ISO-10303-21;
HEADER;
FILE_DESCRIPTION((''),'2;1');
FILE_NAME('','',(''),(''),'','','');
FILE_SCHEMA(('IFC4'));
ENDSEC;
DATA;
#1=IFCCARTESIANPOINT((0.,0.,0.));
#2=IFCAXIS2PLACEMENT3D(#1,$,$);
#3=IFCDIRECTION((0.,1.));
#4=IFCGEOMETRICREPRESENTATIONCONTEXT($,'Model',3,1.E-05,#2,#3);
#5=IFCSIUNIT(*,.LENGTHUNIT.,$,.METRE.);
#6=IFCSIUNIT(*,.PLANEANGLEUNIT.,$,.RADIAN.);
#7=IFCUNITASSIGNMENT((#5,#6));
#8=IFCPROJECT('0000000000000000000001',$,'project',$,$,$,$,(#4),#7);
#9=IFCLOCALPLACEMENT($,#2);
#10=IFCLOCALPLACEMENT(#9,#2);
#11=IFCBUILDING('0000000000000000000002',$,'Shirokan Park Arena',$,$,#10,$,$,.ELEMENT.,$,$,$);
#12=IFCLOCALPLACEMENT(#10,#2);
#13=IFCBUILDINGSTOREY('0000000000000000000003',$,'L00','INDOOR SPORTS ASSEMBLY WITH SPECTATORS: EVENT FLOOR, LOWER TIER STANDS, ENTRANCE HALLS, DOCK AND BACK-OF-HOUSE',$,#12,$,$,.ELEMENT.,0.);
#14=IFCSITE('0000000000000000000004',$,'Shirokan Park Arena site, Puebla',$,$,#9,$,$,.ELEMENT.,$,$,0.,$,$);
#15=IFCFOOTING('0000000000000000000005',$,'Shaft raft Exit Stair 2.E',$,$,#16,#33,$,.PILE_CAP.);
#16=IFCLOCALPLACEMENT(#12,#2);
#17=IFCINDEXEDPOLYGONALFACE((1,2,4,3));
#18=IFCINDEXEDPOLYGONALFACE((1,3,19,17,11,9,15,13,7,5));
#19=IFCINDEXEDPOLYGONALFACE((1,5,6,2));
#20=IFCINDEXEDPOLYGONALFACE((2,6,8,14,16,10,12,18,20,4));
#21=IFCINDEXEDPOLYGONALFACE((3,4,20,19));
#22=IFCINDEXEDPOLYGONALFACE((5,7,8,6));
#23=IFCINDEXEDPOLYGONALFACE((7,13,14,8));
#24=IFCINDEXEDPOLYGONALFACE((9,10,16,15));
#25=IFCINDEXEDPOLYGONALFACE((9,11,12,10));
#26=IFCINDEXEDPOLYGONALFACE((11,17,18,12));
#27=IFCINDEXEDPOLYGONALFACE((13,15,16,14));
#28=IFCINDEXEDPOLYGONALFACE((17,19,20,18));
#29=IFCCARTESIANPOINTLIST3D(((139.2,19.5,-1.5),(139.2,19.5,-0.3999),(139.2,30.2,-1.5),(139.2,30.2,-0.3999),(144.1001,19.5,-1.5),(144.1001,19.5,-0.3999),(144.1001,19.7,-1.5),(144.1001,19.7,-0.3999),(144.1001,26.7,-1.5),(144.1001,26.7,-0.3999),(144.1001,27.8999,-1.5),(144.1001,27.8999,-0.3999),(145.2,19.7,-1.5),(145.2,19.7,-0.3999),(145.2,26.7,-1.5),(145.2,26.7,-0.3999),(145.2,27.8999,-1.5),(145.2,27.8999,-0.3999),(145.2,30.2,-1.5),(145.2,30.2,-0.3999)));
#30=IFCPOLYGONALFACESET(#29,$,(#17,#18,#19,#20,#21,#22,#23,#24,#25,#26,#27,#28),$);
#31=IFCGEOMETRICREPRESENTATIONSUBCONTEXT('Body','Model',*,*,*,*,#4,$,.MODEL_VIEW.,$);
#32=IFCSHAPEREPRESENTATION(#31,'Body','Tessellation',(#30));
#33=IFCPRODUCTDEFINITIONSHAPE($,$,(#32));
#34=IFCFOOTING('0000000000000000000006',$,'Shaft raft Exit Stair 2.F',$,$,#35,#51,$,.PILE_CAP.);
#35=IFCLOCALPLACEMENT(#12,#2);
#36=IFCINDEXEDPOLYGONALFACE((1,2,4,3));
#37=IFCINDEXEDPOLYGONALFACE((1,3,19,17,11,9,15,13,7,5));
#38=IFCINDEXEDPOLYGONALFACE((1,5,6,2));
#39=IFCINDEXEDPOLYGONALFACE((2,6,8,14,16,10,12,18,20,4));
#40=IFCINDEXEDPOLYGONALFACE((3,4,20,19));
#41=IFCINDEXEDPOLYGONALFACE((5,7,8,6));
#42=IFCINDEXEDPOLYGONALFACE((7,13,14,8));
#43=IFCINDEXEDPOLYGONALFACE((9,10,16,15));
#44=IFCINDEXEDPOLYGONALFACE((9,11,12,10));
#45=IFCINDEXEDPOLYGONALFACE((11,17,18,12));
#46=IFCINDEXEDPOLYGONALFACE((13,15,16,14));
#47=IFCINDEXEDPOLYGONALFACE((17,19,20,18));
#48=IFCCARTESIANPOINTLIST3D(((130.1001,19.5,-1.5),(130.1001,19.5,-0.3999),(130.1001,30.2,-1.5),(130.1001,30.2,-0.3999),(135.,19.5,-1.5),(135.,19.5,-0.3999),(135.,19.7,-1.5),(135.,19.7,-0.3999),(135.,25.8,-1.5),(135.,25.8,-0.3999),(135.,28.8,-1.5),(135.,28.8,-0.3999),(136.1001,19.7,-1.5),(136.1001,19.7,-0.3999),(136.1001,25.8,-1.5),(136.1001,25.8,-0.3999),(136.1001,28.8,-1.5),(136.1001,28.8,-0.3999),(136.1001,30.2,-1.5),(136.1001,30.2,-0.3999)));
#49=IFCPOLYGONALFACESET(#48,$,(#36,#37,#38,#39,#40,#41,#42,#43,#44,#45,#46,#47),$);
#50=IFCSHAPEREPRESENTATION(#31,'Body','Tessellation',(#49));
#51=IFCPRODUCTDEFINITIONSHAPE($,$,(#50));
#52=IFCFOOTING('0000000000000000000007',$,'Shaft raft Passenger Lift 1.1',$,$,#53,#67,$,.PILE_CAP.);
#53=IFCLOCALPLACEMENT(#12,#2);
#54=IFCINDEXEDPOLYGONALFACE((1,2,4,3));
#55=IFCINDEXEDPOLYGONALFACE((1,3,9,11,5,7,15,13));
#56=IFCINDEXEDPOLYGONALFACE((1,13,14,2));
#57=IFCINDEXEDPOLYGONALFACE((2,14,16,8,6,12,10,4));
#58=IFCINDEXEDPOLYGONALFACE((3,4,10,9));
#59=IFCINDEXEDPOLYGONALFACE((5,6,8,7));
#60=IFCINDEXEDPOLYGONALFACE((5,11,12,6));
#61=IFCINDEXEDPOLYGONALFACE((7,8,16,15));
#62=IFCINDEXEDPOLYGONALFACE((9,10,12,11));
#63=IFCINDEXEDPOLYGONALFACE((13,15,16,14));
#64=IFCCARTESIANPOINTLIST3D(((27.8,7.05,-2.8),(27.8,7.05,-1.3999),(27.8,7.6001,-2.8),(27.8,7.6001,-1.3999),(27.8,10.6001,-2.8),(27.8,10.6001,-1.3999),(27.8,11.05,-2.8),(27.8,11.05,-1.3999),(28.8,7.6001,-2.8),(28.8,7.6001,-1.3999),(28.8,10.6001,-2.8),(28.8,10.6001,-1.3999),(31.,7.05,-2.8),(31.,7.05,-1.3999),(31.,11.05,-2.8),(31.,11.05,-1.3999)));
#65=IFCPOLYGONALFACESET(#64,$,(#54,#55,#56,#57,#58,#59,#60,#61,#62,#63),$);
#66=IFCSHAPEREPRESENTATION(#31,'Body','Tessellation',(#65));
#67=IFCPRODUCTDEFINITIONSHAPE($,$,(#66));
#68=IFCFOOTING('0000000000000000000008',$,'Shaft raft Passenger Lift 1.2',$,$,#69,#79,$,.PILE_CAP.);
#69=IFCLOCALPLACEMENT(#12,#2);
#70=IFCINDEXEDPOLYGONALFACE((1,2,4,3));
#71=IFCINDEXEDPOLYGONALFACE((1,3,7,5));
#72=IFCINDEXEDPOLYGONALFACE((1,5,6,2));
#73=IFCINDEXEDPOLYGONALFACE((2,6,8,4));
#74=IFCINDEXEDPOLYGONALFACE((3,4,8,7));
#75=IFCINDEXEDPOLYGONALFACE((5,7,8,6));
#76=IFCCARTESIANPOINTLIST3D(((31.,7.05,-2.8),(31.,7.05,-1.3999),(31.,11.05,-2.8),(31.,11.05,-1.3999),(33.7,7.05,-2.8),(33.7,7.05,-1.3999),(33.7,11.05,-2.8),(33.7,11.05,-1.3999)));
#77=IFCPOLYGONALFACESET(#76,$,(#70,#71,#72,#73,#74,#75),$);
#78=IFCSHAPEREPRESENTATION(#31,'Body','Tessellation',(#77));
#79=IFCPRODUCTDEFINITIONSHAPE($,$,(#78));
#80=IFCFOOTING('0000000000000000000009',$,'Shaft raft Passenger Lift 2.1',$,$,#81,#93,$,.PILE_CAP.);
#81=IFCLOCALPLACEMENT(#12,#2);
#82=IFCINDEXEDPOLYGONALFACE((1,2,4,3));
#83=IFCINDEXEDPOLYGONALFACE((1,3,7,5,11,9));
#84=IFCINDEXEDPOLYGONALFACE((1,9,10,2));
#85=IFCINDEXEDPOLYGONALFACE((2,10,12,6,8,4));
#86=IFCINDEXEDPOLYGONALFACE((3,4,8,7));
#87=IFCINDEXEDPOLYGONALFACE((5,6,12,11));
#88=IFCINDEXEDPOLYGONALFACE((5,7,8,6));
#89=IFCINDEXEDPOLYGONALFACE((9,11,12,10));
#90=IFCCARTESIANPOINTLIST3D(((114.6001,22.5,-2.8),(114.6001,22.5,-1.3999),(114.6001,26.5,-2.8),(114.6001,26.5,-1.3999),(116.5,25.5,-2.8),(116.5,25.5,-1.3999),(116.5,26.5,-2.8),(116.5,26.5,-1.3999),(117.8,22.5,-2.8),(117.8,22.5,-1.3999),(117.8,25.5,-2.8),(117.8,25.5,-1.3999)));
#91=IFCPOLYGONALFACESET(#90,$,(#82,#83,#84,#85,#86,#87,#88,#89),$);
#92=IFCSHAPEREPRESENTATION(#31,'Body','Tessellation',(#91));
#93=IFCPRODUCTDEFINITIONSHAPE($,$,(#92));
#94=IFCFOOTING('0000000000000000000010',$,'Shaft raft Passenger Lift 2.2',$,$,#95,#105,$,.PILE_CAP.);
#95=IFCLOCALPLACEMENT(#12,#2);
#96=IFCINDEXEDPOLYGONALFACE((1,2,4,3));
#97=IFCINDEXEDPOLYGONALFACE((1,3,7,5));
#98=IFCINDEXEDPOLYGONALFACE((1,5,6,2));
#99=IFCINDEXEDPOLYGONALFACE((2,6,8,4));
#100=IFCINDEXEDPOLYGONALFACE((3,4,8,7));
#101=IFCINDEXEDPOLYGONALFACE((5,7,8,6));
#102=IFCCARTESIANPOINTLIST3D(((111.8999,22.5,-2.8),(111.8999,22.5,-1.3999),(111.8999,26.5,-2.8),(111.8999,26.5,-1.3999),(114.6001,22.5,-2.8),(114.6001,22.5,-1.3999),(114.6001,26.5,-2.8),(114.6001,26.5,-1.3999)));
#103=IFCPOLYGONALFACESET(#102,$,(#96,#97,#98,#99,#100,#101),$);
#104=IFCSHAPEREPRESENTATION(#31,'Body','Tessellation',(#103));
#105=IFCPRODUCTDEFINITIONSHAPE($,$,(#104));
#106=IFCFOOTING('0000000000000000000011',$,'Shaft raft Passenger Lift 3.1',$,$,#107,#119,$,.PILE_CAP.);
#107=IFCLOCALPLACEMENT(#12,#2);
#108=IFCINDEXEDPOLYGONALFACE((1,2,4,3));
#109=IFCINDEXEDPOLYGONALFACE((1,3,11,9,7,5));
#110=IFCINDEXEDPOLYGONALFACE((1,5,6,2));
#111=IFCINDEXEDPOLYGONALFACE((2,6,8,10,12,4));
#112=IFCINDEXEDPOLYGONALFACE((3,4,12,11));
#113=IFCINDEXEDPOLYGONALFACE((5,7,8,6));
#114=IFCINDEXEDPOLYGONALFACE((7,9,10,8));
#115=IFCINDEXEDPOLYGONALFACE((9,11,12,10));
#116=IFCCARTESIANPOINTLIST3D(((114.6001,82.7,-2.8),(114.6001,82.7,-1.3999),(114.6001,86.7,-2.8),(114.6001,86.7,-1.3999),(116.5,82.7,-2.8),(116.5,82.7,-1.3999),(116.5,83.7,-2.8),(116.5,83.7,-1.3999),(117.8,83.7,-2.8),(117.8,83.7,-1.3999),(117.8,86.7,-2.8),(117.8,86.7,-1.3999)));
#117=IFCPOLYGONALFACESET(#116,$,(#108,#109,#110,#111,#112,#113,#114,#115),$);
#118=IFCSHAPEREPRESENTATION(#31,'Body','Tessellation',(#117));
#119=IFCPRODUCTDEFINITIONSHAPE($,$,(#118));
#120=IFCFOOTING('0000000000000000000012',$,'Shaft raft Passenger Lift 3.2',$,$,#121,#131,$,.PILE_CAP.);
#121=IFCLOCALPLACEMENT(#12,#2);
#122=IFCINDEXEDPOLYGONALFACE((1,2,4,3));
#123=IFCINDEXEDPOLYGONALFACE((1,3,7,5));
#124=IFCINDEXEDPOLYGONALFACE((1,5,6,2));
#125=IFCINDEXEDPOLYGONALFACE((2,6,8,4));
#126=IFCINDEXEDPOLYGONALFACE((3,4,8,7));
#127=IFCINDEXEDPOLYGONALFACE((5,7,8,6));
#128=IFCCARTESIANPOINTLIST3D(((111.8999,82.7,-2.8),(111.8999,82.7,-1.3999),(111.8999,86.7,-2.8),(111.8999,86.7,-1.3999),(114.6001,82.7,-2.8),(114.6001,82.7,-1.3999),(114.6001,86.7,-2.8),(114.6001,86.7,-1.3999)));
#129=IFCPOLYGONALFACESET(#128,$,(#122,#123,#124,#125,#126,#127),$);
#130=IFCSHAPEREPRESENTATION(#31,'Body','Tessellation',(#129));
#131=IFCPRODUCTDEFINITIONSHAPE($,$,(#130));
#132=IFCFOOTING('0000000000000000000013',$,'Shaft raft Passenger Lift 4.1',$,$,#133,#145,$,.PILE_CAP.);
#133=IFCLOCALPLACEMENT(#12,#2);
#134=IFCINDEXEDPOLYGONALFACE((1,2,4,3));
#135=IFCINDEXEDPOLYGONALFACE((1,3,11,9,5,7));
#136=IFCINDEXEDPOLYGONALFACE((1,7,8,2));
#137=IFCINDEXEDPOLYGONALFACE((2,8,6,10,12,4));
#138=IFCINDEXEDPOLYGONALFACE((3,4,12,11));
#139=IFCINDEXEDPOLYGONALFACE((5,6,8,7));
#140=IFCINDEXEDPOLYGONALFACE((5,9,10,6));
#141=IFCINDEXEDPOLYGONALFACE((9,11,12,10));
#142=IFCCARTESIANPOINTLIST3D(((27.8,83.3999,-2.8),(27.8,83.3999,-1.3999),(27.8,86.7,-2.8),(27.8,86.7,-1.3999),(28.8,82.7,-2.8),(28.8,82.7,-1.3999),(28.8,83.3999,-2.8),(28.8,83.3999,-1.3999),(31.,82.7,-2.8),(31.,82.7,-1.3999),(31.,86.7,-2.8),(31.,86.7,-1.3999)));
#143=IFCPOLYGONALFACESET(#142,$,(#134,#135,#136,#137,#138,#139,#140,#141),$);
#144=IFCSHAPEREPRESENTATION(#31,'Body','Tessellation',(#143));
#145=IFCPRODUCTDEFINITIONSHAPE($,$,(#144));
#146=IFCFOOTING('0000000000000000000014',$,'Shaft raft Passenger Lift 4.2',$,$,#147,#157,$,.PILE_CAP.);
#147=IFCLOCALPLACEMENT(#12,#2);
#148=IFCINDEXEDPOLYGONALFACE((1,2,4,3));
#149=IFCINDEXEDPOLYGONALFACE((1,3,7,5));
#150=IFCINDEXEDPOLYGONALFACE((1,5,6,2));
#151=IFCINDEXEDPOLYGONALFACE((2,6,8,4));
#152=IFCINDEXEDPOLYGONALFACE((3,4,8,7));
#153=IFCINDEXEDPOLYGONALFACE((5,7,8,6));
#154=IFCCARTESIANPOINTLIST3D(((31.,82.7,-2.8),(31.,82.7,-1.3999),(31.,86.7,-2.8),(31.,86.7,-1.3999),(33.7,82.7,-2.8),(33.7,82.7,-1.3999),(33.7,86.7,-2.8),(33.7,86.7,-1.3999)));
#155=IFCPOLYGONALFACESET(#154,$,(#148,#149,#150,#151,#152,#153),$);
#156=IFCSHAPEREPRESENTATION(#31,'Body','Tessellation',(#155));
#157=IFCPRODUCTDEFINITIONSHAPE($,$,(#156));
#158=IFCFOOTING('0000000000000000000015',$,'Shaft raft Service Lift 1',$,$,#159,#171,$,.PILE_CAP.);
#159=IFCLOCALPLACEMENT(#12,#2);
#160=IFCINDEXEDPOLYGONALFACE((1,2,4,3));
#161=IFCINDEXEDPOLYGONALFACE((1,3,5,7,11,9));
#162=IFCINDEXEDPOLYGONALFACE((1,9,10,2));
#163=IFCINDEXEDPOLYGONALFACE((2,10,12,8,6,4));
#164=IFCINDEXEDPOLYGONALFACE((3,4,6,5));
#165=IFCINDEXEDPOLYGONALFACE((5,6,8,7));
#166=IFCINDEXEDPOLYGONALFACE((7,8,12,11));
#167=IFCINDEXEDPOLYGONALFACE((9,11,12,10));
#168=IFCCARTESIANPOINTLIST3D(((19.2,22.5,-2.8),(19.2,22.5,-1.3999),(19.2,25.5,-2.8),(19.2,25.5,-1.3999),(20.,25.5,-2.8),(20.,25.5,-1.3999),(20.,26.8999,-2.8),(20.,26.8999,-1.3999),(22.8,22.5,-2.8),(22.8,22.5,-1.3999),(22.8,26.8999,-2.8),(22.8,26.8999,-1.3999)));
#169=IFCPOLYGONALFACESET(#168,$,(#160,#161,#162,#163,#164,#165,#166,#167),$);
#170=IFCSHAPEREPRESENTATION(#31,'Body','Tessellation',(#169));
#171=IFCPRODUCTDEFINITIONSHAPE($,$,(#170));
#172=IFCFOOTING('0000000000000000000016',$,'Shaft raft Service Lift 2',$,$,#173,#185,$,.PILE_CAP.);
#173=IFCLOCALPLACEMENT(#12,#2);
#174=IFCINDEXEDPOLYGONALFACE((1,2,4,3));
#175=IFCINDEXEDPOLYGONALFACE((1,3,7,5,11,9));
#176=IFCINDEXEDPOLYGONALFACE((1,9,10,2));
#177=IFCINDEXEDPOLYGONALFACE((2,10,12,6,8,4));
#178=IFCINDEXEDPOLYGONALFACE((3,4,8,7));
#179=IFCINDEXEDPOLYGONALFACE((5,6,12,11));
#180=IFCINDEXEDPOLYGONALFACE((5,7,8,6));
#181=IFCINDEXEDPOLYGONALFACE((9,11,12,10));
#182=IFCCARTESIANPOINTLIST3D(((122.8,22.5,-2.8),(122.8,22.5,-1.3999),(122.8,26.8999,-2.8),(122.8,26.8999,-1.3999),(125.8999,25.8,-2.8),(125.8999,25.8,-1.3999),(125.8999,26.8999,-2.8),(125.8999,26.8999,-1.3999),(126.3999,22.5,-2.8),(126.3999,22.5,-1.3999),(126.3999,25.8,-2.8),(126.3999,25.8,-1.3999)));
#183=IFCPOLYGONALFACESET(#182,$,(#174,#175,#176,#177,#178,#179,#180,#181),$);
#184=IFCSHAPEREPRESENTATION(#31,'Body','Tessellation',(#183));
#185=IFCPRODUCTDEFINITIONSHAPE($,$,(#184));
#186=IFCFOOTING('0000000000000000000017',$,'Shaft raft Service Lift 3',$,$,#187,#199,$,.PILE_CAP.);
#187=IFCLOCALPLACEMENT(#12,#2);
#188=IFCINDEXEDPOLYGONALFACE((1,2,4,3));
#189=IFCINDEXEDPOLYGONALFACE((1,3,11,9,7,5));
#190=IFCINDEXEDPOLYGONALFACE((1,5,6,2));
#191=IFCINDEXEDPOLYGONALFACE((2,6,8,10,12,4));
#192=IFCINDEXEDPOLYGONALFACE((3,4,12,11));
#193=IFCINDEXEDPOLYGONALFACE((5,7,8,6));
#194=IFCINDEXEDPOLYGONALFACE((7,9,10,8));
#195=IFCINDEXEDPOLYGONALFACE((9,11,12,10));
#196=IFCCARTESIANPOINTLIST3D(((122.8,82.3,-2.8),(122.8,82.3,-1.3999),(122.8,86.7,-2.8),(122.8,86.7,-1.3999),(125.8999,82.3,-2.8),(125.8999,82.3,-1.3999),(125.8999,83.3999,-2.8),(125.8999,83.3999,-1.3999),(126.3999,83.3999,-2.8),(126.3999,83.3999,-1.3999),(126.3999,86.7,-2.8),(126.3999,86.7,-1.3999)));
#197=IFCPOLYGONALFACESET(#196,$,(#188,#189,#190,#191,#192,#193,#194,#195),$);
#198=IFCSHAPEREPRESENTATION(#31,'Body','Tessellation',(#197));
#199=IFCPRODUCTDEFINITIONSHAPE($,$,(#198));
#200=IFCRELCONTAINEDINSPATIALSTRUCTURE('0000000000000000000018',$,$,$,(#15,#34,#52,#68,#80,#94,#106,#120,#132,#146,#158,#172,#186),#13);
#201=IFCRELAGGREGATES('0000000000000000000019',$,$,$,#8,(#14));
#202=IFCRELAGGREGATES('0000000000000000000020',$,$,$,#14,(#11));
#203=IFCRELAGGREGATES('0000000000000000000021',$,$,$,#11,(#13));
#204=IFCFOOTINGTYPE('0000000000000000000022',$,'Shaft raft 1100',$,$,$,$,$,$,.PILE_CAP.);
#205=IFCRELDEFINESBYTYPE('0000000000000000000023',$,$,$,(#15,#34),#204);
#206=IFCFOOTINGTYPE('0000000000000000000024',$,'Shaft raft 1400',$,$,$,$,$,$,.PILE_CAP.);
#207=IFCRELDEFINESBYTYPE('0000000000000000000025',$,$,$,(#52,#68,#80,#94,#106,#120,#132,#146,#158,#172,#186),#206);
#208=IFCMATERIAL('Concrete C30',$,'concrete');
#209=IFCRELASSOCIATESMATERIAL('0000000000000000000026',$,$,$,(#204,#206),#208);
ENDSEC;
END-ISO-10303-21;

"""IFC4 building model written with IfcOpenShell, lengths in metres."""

from ifc_helpers import new_model, si_unit, direction, frame, origin, place, context, subcontext, project, spatial, polyline, outline, extrude, material, type_object, element, save


model = new_model("IFC4")

# Units and contexts
model_context = context("Model", 3, precision=1e-05, world=origin(), true_north=direction((0.0, 1.0)))
body_context = subcontext(model_context, "Body", "Model", "MODEL_VIEW")
ifc_project = project(units=[si_unit("LENGTHUNIT", "METRE"), si_unit("PLANEANGLEUNIT", "RADIAN")], contexts=[model_context])

# Site, building, storey
site_placement = place(None, origin())
site = spatial("IfcSite", under=ifc_project, at=site_placement, Name="Shirokan Park Arena site, Puebla", CompositionType="ELEMENT", RefElevation=0.0)
building_placement = place(site_placement, origin())
building = spatial("IfcBuilding", under=site, at=building_placement, Name="Shirokan Park Arena", CompositionType="ELEMENT")
storey_placement = place(building_placement, origin())
storey = spatial("IfcBuildingStorey", under=building, at=storey_placement, Name="L00", Description="INDOOR SPORTS ASSEMBLY WITH SPECTATORS: EVENT FLOOR, LOWER TIER STANDS, ENTRANCE HALLS, DOCK AND BACK-OF-HOUSE", CompositionType="ELEMENT", Elevation=0.0)

# Shared definitions
ifc_material = material(Name="Concrete C30", Category="concrete")

# Footings
footing_type_1 = type_object("IfcFootingType", Name="Shaft raft 1100", PredefinedType="PILE_CAP", material=ifc_material)
footing_1_placement = place(storey_placement, frame((0.0, 0.0, -1.5)))
element("IfcFooting", 1, at=footing_1_placement, inside=storey, type_object=footing_type_1, Name="Shaft raft Exit Stair 2.E", PredefinedType="PILE_CAP", context=body_context, shape_type="SweptSolid", body=[
    extrude(outline(polyline([(145.2, 19.7), (144.1001, 19.7), (144.1001, 19.5), (139.2, 19.5), (139.2, 30.2), (145.2, 30.2), (145.2, 27.8999), (144.1001, 27.8999), (144.1001, 26.7), (145.2, 26.7), (145.2, 19.7)])), origin(), (0.0, 0.0, 1.0), 1.1001),
])
footing_2_placement = place(storey_placement, frame((0.0, 0.0, -1.5)))
element("IfcFooting", 2, at=footing_2_placement, inside=storey, type_object=footing_type_1, Name="Shaft raft Exit Stair 2.F", PredefinedType="PILE_CAP", context=body_context, shape_type="SweptSolid", body=[
    extrude(outline(polyline([(130.1001, 19.5), (130.1001, 30.2), (136.1001, 30.2), (136.1001, 28.8), (135.0, 28.8), (135.0, 25.8), (136.1001, 25.8), (136.1001, 19.7), (135.0, 19.7), (135.0, 19.5), (130.1001, 19.5)])), origin(), (0.0, 0.0, 1.0), 1.1001),
])
footing_type_2 = type_object("IfcFootingType", Name="Shaft raft 1400", PredefinedType="PILE_CAP", material=ifc_material)
footing_3_placement = place(storey_placement, frame((0.0, 0.0, -2.8)))
element("IfcFooting", 3, at=footing_3_placement, inside=storey, type_object=footing_type_2, Name="Shaft raft Passenger Lift 1.1", PredefinedType="PILE_CAP", context=body_context, shape_type="SweptSolid", body=[
    extrude(outline(polyline([(27.8, 10.6001), (27.8, 11.05), (31.0, 11.05), (31.0, 7.05), (27.8, 7.05), (27.8, 7.6001), (28.8, 7.6001), (28.8, 10.6001), (27.8, 10.6001)])), origin(), (0.0, 0.0, 1.0), 1.4001),
])
footing_4_placement = place(storey_placement, frame((0.0, 0.0, -2.8)))
element("IfcFooting", 4, at=footing_4_placement, inside=storey, type_object=footing_type_2, Name="Shaft raft Passenger Lift 1.2", PredefinedType="PILE_CAP", context=body_context, shape_type="SweptSolid", body=[
    extrude(outline(polyline([(33.7, 11.05), (33.7, 7.05), (31.0, 7.05), (31.0, 11.05), (33.7, 11.05)])), origin(), (0.0, 0.0, 1.0), 1.4001),
])
footing_5_placement = place(storey_placement, frame((0.0, 0.0, -2.8)))
element("IfcFooting", 5, at=footing_5_placement, inside=storey, type_object=footing_type_2, Name="Shaft raft Passenger Lift 2.1", PredefinedType="PILE_CAP", context=body_context, shape_type="SweptSolid", body=[
    extrude(outline(polyline([(117.8, 25.5), (117.8, 22.5), (114.6001, 22.5), (114.6001, 26.5), (116.5, 26.5), (116.5, 25.5), (117.8, 25.5)])), origin(), (0.0, 0.0, 1.0), 1.4001),
])
footing_6_placement = place(storey_placement, frame((0.0, 0.0, -2.8)))
element("IfcFooting", 6, at=footing_6_placement, inside=storey, type_object=footing_type_2, Name="Shaft raft Passenger Lift 2.2", PredefinedType="PILE_CAP", context=body_context, shape_type="SweptSolid", body=[
    extrude(outline(polyline([(111.8999, 22.5), (111.8999, 26.5), (114.6001, 26.5), (114.6001, 22.5), (111.8999, 22.5)])), origin(), (0.0, 0.0, 1.0), 1.4001),
])
footing_7_placement = place(storey_placement, frame((0.0, 0.0, -2.8)))
element("IfcFooting", 7, at=footing_7_placement, inside=storey, type_object=footing_type_2, Name="Shaft raft Passenger Lift 3.1", PredefinedType="PILE_CAP", context=body_context, shape_type="SweptSolid", body=[
    extrude(outline(polyline([(117.8, 86.7), (117.8, 83.7), (116.5, 83.7), (116.5, 82.7), (114.6001, 82.7), (114.6001, 86.7), (117.8, 86.7)])), origin(), (0.0, 0.0, 1.0), 1.4001),
])
footing_8_placement = place(storey_placement, frame((0.0, 0.0, -2.8)))
element("IfcFooting", 8, at=footing_8_placement, inside=storey, type_object=footing_type_2, Name="Shaft raft Passenger Lift 3.2", PredefinedType="PILE_CAP", context=body_context, shape_type="SweptSolid", body=[
    extrude(outline(polyline([(111.8999, 86.7), (114.6001, 86.7), (114.6001, 82.7), (111.8999, 82.7), (111.8999, 86.7)])), origin(), (0.0, 0.0, 1.0), 1.4001),
])
footing_9_placement = place(storey_placement, frame((0.0, 0.0, -2.8)))
element("IfcFooting", 9, at=footing_9_placement, inside=storey, type_object=footing_type_2, Name="Shaft raft Passenger Lift 4.1", PredefinedType="PILE_CAP", context=body_context, shape_type="SweptSolid", body=[
    extrude(outline(polyline([(27.8, 83.3999), (27.8, 86.7), (31.0, 86.7), (31.0, 82.7), (28.8, 82.7), (28.8, 83.3999), (27.8, 83.3999)])), origin(), (0.0, 0.0, 1.0), 1.4001),
])
footing_10_placement = place(storey_placement, frame((0.0, 0.0, -2.8)))
element("IfcFooting", 10, at=footing_10_placement, inside=storey, type_object=footing_type_2, Name="Shaft raft Passenger Lift 4.2", PredefinedType="PILE_CAP", context=body_context, shape_type="SweptSolid", body=[
    extrude(outline(polyline([(33.7, 82.7), (31.0, 82.7), (31.0, 86.7), (33.7, 86.7), (33.7, 82.7)])), origin(), (0.0, 0.0, 1.0), 1.4001),
])
footing_11_placement = place(storey_placement, frame((0.0, 0.0, -2.8)))
element("IfcFooting", 11, at=footing_11_placement, inside=storey, type_object=footing_type_2, Name="Shaft raft Service Lift 1", PredefinedType="PILE_CAP", context=body_context, shape_type="SweptSolid", body=[
    extrude(outline(polyline([(20.0, 25.5), (20.0, 26.8999), (22.8, 26.8999), (22.8, 22.5), (19.2, 22.5), (19.2, 25.5), (20.0, 25.5)])), origin(), (0.0, 0.0, 1.0), 1.4001),
])
footing_12_placement = place(storey_placement, frame((0.0, 0.0, -2.8)))
element("IfcFooting", 12, at=footing_12_placement, inside=storey, type_object=footing_type_2, Name="Shaft raft Service Lift 2", PredefinedType="PILE_CAP", context=body_context, shape_type="SweptSolid", body=[
    extrude(outline(polyline([(122.8, 26.8999), (125.8999, 26.8999), (125.8999, 25.8), (126.3999, 25.8), (126.3999, 22.5), (122.8, 22.5), (122.8, 26.8999)])), origin(), (0.0, 0.0, 1.0), 1.4001),
])
footing_13_placement = place(storey_placement, frame((0.0, 0.0, -2.8)))
element("IfcFooting", 13, at=footing_13_placement, inside=storey, type_object=footing_type_2, Name="Shaft raft Service Lift 3", PredefinedType="PILE_CAP", context=body_context, shape_type="SweptSolid", body=[
    extrude(outline(polyline([(125.8999, 83.3999), (125.8999, 82.3), (122.8, 82.3), (122.8, 86.7), (126.3999, 86.7), (126.3999, 83.3999), (125.8999, 83.3999)])), origin(), (0.0, 0.0, 1.0), 1.4001),
])

save(model, "model.ifc")
